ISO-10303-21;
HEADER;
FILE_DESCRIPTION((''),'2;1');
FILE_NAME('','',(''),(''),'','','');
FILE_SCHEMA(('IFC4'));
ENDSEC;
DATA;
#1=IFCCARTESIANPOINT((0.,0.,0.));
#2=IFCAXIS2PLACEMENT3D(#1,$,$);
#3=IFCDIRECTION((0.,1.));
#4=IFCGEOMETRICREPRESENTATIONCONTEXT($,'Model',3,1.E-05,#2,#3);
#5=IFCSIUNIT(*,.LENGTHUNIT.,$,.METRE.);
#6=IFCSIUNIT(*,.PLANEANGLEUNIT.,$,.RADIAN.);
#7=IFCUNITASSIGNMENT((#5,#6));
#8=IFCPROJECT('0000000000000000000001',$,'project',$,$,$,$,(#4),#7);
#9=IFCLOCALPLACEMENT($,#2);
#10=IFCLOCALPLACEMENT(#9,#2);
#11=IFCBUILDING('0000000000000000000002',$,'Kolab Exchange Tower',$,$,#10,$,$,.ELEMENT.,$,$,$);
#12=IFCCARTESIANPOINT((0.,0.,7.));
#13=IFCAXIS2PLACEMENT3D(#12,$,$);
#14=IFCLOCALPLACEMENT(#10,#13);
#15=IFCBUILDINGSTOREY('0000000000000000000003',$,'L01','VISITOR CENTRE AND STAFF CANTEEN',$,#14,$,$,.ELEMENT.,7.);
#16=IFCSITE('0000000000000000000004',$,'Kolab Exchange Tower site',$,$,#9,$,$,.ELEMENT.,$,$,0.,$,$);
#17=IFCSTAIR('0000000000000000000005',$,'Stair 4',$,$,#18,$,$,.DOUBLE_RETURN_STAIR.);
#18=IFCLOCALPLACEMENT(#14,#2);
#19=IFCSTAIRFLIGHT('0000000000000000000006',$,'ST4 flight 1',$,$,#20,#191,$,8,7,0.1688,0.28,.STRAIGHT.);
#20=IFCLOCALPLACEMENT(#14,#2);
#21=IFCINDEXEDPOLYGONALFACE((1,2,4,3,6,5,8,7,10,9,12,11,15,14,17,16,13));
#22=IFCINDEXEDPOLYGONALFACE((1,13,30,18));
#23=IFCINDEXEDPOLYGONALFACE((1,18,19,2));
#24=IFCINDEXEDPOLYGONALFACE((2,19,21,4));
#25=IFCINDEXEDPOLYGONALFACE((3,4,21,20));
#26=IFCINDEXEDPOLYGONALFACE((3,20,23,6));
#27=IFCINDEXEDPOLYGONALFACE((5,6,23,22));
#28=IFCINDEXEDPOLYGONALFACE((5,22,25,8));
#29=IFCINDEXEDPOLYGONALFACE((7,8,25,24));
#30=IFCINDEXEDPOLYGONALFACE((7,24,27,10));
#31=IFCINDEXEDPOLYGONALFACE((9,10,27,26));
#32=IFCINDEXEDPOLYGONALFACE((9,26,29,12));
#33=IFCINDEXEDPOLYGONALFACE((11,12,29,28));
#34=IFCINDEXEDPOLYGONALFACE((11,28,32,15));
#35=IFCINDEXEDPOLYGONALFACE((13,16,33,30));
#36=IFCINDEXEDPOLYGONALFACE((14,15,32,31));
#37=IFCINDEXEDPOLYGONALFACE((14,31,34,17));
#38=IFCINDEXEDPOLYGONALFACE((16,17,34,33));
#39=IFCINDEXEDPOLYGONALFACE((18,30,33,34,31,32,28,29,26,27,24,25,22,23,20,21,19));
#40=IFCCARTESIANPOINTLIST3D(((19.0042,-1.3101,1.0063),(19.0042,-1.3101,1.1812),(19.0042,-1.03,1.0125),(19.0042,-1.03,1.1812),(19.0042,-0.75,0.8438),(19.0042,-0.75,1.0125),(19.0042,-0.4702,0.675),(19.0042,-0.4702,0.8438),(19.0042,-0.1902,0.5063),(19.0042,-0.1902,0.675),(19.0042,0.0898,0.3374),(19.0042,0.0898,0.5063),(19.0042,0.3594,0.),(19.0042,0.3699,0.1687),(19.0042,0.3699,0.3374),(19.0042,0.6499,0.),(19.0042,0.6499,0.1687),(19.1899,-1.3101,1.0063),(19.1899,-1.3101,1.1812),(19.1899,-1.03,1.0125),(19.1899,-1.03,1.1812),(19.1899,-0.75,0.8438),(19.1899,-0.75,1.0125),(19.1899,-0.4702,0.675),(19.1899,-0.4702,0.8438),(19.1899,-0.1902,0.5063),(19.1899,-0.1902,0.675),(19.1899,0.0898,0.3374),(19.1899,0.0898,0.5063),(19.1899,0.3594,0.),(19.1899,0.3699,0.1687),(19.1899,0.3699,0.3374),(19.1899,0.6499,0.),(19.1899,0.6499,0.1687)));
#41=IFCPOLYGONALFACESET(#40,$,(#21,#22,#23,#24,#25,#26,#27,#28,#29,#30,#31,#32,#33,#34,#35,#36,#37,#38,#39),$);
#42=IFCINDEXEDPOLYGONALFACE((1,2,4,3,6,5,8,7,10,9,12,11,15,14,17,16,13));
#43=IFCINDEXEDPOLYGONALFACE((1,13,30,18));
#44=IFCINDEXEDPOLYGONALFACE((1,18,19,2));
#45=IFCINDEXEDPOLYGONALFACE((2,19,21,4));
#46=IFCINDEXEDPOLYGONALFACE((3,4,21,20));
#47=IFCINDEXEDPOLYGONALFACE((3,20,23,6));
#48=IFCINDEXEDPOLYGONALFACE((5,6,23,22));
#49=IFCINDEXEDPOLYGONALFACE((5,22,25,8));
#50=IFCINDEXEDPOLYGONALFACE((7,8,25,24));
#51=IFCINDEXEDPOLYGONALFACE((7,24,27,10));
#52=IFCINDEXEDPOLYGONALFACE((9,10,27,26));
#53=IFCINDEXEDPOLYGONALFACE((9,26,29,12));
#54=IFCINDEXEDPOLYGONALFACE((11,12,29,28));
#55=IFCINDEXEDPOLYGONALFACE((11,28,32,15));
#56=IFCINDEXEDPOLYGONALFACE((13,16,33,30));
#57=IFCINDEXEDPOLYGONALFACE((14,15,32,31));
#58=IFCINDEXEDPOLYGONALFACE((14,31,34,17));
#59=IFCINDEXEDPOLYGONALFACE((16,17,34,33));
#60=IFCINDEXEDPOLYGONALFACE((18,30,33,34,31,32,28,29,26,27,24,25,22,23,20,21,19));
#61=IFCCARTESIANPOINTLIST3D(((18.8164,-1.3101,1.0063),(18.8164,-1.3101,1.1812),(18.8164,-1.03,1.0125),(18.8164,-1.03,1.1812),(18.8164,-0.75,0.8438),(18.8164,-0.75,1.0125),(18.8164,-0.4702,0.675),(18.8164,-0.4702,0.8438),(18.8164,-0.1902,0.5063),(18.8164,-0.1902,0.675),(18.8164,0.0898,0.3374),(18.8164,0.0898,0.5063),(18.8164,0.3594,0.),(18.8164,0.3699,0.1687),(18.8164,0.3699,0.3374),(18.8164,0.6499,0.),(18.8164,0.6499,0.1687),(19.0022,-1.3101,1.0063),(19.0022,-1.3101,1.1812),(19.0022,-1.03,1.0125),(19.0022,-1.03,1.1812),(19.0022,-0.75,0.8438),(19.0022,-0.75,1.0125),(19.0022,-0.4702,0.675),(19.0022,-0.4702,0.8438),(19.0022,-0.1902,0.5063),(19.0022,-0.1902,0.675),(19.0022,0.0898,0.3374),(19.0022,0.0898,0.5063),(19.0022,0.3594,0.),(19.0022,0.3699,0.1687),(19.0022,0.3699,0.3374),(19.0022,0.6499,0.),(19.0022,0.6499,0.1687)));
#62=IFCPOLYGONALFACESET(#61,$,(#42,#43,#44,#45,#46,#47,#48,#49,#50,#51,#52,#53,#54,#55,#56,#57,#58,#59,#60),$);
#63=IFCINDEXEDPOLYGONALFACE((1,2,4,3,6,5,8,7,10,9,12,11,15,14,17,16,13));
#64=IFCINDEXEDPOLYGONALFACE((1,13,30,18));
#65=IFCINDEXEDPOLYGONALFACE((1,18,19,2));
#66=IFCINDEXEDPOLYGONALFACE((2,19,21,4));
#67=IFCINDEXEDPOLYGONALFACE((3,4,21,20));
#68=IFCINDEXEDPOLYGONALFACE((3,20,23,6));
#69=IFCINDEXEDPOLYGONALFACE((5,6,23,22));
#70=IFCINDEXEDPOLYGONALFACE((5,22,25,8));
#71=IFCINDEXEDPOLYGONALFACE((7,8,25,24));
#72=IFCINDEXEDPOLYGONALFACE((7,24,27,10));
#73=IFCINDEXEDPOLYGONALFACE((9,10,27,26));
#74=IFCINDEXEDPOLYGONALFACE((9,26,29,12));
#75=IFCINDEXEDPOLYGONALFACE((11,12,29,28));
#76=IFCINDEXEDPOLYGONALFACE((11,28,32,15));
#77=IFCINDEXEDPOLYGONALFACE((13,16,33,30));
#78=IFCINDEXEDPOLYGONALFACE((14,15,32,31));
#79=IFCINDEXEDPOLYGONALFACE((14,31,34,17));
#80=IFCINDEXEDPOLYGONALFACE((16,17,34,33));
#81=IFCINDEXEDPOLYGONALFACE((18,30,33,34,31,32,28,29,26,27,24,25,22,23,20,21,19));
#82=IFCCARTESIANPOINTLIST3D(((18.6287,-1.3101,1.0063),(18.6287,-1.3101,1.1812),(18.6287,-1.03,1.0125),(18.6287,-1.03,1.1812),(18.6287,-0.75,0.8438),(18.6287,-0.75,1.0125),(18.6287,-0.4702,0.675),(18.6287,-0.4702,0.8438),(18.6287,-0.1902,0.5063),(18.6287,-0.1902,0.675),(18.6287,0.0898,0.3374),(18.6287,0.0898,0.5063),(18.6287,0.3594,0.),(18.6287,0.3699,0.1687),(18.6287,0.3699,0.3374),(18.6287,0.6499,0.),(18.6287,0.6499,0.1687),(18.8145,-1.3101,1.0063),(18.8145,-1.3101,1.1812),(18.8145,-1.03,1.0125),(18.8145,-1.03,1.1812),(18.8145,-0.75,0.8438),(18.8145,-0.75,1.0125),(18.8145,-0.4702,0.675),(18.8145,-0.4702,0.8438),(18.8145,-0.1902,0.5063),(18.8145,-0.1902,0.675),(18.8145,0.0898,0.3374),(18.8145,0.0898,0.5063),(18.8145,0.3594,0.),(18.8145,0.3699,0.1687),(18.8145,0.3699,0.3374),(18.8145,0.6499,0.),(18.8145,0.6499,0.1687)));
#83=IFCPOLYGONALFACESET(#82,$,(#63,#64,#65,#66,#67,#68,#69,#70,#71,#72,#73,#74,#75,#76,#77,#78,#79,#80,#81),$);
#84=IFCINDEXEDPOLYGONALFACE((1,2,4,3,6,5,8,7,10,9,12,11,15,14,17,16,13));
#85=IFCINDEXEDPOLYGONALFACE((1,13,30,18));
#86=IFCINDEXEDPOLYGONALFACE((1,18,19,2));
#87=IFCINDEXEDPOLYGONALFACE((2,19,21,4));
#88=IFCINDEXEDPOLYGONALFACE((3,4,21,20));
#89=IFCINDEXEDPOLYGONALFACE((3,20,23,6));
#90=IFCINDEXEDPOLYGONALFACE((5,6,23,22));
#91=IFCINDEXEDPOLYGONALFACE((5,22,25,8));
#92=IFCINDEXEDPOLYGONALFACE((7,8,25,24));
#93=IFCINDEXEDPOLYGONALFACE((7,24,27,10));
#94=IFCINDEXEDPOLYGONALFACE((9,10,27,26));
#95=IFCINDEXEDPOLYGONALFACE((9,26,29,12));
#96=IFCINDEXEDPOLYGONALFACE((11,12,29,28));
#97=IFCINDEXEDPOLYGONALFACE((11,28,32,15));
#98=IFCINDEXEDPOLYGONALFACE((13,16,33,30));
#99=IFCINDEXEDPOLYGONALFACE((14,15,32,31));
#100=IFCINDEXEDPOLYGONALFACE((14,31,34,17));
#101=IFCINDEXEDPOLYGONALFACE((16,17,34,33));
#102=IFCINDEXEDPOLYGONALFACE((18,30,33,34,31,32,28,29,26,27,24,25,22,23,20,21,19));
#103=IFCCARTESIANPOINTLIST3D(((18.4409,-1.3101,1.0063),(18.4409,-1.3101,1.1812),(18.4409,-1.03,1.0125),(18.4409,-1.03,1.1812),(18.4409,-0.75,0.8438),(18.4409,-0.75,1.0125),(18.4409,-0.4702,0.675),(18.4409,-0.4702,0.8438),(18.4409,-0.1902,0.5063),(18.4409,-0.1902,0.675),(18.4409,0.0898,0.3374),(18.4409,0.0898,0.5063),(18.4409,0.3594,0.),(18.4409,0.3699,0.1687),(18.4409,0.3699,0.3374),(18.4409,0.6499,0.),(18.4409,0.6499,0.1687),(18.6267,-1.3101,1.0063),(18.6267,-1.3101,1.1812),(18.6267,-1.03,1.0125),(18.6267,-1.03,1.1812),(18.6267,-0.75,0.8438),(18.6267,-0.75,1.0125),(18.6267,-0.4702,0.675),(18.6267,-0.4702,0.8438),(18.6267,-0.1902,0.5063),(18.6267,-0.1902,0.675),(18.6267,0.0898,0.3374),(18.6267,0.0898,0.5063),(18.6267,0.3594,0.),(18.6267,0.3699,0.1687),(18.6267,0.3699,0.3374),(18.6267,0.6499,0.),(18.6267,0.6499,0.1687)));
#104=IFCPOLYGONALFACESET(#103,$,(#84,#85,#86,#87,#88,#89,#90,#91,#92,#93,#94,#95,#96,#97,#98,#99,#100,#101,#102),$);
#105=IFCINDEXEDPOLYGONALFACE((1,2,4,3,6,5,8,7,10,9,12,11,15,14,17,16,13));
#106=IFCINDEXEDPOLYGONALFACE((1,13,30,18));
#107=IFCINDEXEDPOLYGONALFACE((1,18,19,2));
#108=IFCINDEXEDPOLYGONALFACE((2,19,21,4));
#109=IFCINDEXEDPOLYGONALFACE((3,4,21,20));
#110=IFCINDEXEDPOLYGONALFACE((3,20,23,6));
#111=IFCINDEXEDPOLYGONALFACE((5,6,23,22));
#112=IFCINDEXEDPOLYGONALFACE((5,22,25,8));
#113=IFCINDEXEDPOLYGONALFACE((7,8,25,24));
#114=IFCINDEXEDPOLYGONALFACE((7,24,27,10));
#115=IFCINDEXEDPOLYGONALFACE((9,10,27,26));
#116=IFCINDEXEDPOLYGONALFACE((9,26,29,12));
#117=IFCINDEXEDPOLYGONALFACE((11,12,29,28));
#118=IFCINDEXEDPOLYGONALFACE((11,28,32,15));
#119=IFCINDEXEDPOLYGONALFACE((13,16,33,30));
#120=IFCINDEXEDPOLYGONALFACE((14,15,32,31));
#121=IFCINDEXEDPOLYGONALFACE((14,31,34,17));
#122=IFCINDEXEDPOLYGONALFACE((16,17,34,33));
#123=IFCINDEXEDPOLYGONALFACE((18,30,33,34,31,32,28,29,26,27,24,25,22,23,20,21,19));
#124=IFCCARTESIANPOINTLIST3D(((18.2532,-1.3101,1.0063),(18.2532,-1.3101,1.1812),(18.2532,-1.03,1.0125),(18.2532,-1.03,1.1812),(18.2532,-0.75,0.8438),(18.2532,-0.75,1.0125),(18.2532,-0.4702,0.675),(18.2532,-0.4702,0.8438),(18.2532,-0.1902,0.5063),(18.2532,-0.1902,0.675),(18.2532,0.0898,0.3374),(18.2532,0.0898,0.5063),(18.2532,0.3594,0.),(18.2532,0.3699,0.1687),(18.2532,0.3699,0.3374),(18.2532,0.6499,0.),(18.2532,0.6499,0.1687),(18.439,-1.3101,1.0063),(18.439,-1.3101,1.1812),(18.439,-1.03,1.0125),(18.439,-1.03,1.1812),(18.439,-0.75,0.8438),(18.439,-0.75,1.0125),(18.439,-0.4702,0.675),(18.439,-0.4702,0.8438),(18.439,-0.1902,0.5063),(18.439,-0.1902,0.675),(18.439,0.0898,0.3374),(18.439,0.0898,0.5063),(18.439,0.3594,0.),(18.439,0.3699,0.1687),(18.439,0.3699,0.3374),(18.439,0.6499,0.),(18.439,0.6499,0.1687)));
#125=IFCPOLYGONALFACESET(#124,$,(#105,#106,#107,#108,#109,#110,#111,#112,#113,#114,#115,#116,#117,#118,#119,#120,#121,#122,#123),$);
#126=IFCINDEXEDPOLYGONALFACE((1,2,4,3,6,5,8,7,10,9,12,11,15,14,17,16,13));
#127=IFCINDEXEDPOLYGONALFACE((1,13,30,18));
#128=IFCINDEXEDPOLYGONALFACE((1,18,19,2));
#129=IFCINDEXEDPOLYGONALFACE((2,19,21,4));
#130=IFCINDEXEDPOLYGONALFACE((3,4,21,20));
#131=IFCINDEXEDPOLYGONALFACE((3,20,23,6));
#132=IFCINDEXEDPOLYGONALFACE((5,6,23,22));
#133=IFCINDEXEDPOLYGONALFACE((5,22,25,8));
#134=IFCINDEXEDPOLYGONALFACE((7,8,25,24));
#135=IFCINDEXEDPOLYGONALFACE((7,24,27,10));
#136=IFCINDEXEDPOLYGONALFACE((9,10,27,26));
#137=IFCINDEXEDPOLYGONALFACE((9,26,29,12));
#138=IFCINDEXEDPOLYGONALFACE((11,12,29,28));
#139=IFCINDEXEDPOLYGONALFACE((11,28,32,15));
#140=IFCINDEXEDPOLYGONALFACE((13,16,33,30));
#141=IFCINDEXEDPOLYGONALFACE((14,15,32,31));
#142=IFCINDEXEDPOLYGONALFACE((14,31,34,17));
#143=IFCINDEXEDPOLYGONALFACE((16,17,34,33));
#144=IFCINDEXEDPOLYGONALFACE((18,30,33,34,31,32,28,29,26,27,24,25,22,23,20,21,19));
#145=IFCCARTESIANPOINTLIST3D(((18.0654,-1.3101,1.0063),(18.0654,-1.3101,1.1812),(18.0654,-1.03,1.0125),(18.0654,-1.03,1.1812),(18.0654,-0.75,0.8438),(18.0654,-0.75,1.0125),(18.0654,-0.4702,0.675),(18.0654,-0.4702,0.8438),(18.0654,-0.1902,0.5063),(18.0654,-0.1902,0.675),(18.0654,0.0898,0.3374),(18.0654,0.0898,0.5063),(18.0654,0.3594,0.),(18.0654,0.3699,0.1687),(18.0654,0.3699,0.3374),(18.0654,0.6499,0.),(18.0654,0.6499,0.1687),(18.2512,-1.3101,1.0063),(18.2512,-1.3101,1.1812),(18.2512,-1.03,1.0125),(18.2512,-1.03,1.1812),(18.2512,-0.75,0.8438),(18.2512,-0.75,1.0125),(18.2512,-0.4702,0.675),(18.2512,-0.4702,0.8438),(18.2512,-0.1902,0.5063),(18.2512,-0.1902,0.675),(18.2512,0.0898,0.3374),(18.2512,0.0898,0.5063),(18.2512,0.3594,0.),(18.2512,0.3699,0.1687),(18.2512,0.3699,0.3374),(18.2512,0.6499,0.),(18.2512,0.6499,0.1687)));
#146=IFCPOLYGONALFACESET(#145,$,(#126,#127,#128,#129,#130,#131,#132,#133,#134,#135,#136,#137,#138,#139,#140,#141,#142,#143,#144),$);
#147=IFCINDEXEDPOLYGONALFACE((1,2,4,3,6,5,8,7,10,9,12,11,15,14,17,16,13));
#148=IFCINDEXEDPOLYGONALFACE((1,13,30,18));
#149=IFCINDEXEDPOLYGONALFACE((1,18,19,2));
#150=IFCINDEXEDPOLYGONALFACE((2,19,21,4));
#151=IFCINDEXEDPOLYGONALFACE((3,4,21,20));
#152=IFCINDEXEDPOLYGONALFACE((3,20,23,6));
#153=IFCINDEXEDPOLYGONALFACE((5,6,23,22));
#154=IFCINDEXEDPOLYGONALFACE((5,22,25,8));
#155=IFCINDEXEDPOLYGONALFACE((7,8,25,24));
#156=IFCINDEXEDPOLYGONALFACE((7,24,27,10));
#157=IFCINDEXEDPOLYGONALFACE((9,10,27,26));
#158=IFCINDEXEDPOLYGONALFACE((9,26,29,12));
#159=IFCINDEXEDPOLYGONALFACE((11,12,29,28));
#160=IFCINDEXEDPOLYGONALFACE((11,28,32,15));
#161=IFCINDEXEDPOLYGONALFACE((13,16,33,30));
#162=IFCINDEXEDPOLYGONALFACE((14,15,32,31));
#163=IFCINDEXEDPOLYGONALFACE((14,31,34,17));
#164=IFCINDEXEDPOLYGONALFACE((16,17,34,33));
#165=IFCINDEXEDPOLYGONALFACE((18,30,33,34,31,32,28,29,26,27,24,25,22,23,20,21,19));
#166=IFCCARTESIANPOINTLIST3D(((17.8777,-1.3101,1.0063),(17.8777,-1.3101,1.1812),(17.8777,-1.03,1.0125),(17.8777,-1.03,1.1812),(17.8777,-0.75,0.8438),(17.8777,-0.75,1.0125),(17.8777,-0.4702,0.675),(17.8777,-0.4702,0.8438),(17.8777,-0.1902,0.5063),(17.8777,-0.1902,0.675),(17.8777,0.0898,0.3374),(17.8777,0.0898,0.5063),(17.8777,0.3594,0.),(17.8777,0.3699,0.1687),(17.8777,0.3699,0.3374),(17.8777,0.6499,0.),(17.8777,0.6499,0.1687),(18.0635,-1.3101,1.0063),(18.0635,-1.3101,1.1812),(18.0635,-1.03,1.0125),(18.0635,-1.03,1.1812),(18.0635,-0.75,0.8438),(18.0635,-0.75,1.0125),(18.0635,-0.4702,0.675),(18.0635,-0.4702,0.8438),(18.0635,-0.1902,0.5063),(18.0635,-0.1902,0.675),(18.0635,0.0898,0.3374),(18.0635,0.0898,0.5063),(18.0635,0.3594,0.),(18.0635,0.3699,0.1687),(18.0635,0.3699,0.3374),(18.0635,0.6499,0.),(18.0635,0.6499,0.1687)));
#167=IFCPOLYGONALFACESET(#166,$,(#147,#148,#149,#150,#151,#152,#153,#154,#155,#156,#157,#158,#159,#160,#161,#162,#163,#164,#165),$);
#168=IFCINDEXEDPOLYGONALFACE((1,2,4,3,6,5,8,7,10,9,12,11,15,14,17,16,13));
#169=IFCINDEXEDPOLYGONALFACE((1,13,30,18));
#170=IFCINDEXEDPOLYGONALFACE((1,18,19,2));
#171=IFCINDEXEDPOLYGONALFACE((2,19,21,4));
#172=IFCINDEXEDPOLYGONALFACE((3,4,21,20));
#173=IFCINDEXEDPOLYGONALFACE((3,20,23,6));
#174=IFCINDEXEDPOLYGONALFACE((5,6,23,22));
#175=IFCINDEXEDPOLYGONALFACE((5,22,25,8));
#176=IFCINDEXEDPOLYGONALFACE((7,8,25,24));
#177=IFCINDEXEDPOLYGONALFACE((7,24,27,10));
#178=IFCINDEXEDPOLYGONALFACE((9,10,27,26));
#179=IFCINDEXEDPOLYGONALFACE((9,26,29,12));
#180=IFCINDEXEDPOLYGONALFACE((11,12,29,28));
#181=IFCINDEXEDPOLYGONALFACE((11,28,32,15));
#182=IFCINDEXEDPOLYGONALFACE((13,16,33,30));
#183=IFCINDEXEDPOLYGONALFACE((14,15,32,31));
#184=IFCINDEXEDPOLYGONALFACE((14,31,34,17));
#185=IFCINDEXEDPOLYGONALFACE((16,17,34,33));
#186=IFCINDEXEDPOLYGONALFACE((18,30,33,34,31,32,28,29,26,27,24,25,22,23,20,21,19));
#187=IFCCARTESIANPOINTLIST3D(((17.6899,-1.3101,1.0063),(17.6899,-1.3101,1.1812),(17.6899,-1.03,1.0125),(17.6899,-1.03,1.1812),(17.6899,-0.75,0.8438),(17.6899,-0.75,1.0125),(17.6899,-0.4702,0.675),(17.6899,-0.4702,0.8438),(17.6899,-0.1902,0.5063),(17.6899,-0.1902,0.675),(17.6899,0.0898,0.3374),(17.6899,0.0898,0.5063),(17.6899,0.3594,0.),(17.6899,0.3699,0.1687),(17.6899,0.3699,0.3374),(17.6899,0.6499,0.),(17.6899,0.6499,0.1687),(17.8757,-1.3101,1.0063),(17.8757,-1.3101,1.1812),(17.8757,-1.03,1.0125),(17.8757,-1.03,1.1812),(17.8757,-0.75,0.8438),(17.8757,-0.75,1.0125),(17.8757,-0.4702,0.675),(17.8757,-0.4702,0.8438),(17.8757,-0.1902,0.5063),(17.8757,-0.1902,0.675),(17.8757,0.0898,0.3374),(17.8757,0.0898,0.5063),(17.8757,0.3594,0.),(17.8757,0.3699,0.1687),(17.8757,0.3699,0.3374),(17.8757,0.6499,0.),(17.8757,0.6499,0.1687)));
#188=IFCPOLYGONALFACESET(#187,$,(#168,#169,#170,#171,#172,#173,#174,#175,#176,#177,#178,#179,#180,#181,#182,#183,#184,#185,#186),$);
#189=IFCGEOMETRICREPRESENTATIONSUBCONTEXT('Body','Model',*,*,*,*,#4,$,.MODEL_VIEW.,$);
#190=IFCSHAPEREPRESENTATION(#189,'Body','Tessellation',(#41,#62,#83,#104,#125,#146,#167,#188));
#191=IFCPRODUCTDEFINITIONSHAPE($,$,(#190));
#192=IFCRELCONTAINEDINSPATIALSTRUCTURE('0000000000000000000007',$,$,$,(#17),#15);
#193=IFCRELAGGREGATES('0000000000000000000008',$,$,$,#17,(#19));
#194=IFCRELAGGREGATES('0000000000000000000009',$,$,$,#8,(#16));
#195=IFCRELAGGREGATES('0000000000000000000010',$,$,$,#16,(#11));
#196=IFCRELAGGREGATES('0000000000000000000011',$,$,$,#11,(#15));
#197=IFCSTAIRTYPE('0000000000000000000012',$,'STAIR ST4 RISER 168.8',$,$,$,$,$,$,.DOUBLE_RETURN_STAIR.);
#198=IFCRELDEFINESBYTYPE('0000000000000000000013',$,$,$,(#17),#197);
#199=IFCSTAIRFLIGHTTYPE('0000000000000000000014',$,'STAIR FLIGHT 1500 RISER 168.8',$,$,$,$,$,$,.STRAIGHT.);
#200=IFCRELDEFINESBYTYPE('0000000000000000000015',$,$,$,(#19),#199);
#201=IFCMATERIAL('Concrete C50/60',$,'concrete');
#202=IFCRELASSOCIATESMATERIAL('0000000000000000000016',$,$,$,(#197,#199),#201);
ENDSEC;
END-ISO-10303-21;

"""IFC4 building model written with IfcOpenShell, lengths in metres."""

from ifc_helpers import new_model, si_unit, direction, frame, origin, place, context, subcontext, project, spatial, polyline, outline, extrude, material, type_object, element, aggregate, save


model = new_model("IFC4")

# Units and contexts
model_context = context("Model", 3, precision=1e-05, world=origin(), true_north=direction((0.0, 1.0)))
body_context = subcontext(model_context, "Body", "Model", "MODEL_VIEW")
ifc_project = project(units=[si_unit("LENGTHUNIT", "METRE"), si_unit("PLANEANGLEUNIT", "RADIAN")], contexts=[model_context])

# Site, building, storey
site_placement = place(None, origin())
site = spatial("IfcSite", under=ifc_project, at=site_placement, Name="Kolab Exchange Tower site", CompositionType="ELEMENT", RefElevation=0.0)
building_placement = place(site_placement, origin())
building = spatial("IfcBuilding", under=site, at=building_placement, Name="Kolab Exchange Tower", CompositionType="ELEMENT")
storey_placement = place(building_placement, frame((0.0, 0.0, 7.0)))
storey = spatial("IfcBuildingStorey", under=building, at=storey_placement, Name="L01", Description="VISITOR CENTRE AND STAFF CANTEEN", CompositionType="ELEMENT", Elevation=7.0)

# Shared definitions
ifc_material_1 = material(Name="Concrete C50/60", Category="concrete")

# Stair, stair flight
stair_type = type_object("IfcStairType", Name="STAIR ST4 RISER 168.8", PredefinedType="DOUBLE_RETURN_STAIR", material=ifc_material_1)
stair_placement = place(storey_placement, origin())
stair = element("IfcStair", 1, at=stair_placement, inside=storey, type_object=stair_type, Name="Stair 4", PredefinedType="DOUBLE_RETURN_STAIR")
stair_flight_type = type_object("IfcStairFlightType", Name="STAIR FLIGHT 1500 RISER 168.8", PredefinedType="STRAIGHT", material=ifc_material_1)
stair_flight_1_placement = place(storey_placement, frame((18.4399, 0.6499, 0.0), z_axis=(0.0, 0.0, 1.0), x_axis=(0.0, -1.0, 0.0)))
stair_flight_1 = element("IfcStairFlight", 2, at=stair_flight_1_placement, type_object=stair_flight_type, Name="ST4 flight 1", NumberOfRisers=8, NumberOfTreads=7, PredefinedType="STRAIGHT", RiserHeight=0.1688, TreadLength=0.28, context=body_context, shape_type="SweptSolid", body=[
    extrude(outline(polyline([(0.0, 0.0), (0.0, 0.1687), (0.28, 0.1687), (0.28, 0.3374), (0.5601, 0.3374), (0.5601, 0.5063), (0.8401, 0.5063), (0.8401, 0.675), (1.1201, 0.675), (1.1201, 0.8438), (1.3999, 0.8438), (1.3999, 1.0125), (1.6799, 1.0125), (1.6799, 1.1812), (1.96, 1.1812), (1.96, 1.3501), (1.96, 1.0063), (0.2905, 0.0), (0.0, 0.0)])), frame((0.0, 0.75, 0.0), z_axis=(0.0, -1.0, 0.0), x_axis=(1.0, 0.0, 0.0)), (0.0, 0.0, 1.0), 0.1858),
    extrude(outline(polyline([(0.0, 0.0), (0.0, 0.1687), (0.28, 0.1687), (0.28, 0.3374), (0.5601, 0.3374), (0.5601, 0.5063), (0.8401, 0.5063), (0.8401, 0.675), (1.1201, 0.675), (1.1201, 0.8438), (1.3999, 0.8438), (1.3999, 1.0125), (1.6799, 1.0125), (1.6799, 1.1812), (1.96, 1.1812), (1.96, 1.3501), (1.96, 1.0063), (0.2905, 0.0), (0.0, 0.0)])), frame((0.0, 0.5623, 0.0), z_axis=(0.0, -1.0, 0.0), x_axis=(1.0, 0.0, 0.0)), (0.0, 0.0, 1.0), 0.1858),
    extrude(outline(polyline([(0.0, 0.0), (0.0, 0.1687), (0.28, 0.1687), (0.28, 0.3374), (0.5601, 0.3374), (0.5601, 0.5063), (0.8401, 0.5063), (0.8401, 0.675), (1.1201, 0.675), (1.1201, 0.8438), (1.3999, 0.8438), (1.3999, 1.0125), (1.6799, 1.0125), (1.6799, 1.1812), (1.96, 1.1812), (1.96, 1.3501), (1.96, 1.0063), (0.2905, 0.0), (0.0, 0.0)])), frame((0.0, 0.3745, 0.0), z_axis=(0.0, -1.0, 0.0), x_axis=(1.0, 0.0, 0.0)), (0.0, 0.0, 1.0), 0.1858),
    extrude(outline(polyline([(0.0, 0.0), (0.0, 0.1687), (0.28, 0.1687), (0.28, 0.3374), (0.5601, 0.3374), (0.5601, 0.5063), (0.8401, 0.5063), (0.8401, 0.675), (1.1201, 0.675), (1.1201, 0.8438), (1.3999, 0.8438), (1.3999, 1.0125), (1.6799, 1.0125), (1.6799, 1.1812), (1.96, 1.1812), (1.96, 1.3501), (1.96, 1.0063), (0.2905, 0.0), (0.0, 0.0)])), frame((0.0, 0.1868, 0.0), z_axis=(0.0, -1.0, 0.0), x_axis=(1.0, 0.0, 0.0)), (0.0, 0.0, 1.0), 0.1858),
    extrude(outline(polyline([(0.0, 0.0), (0.0, 0.1687), (0.28, 0.1687), (0.28, 0.3374), (0.5601, 0.3374), (0.5601, 0.5063), (0.8401, 0.5063), (0.8401, 0.675), (1.1201, 0.675), (1.1201, 0.8438), (1.3999, 0.8438), (1.3999, 1.0125), (1.6799, 1.0125), (1.6799, 1.1812), (1.96, 1.1812), (1.96, 1.3501), (1.96, 1.0063), (0.2905, 0.0), (0.0, 0.0)])), frame((0.0, -0.001, 0.0), z_axis=(0.0, -1.0, 0.0), x_axis=(1.0, 0.0, 0.0)), (0.0, 0.0, 1.0), 0.1858),
    extrude(outline(polyline([(0.0, 0.0), (0.0, 0.1687), (0.28, 0.1687), (0.28, 0.3374), (0.5601, 0.3374), (0.5601, 0.5063), (0.8401, 0.5063), (0.8401, 0.675), (1.1201, 0.675), (1.1201, 0.8438), (1.3999, 0.8438), (1.3999, 1.0125), (1.6799, 1.0125), (1.6799, 1.1812), (1.96, 1.1812), (1.96, 1.3501), (1.96, 1.0063), (0.2905, 0.0), (0.0, 0.0)])), frame((0.0, -0.1887, 0.0), z_axis=(0.0, -1.0, 0.0), x_axis=(1.0, 0.0, 0.0)), (0.0, 0.0, 1.0), 0.1858),
    extrude(outline(polyline([(0.0, 0.0), (0.0, 0.1687), (0.28, 0.1687), (0.28, 0.3374), (0.5601, 0.3374), (0.5601, 0.5063), (0.8401, 0.5063), (0.8401, 0.675), (1.1201, 0.675), (1.1201, 0.8438), (1.3999, 0.8438), (1.3999, 1.0125), (1.6799, 1.0125), (1.6799, 1.1812), (1.96, 1.1812), (1.96, 1.3501), (1.96, 1.0063), (0.2905, 0.0), (0.0, 0.0)])), frame((0.0, -0.3765, 0.0), z_axis=(0.0, -1.0, 0.0), x_axis=(1.0, 0.0, 0.0)), (0.0, 0.0, 1.0), 0.1858),
    extrude(outline(polyline([(0.0, 0.0), (0.0, 0.1687), (0.28, 0.1687), (0.28, 0.3374), (0.5601, 0.3374), (0.5601, 0.5063), (0.8401, 0.5063), (0.8401, 0.675), (1.1201, 0.675), (1.1201, 0.8438), (1.3999, 0.8438), (1.3999, 1.0125), (1.6799, 1.0125), (1.6799, 1.1812), (1.96, 1.1812), (1.96, 1.3501), (1.96, 1.0063), (0.2905, 0.0), (0.0, 0.0)])), frame((0.0, -0.5642, 0.0), z_axis=(0.0, -1.0, 0.0), x_axis=(1.0, 0.0, 0.0)), (0.0, 0.0, 1.0), 0.1858),
])
aggregate(stair, [stair_flight_1])

save(model, "model.ifc")
